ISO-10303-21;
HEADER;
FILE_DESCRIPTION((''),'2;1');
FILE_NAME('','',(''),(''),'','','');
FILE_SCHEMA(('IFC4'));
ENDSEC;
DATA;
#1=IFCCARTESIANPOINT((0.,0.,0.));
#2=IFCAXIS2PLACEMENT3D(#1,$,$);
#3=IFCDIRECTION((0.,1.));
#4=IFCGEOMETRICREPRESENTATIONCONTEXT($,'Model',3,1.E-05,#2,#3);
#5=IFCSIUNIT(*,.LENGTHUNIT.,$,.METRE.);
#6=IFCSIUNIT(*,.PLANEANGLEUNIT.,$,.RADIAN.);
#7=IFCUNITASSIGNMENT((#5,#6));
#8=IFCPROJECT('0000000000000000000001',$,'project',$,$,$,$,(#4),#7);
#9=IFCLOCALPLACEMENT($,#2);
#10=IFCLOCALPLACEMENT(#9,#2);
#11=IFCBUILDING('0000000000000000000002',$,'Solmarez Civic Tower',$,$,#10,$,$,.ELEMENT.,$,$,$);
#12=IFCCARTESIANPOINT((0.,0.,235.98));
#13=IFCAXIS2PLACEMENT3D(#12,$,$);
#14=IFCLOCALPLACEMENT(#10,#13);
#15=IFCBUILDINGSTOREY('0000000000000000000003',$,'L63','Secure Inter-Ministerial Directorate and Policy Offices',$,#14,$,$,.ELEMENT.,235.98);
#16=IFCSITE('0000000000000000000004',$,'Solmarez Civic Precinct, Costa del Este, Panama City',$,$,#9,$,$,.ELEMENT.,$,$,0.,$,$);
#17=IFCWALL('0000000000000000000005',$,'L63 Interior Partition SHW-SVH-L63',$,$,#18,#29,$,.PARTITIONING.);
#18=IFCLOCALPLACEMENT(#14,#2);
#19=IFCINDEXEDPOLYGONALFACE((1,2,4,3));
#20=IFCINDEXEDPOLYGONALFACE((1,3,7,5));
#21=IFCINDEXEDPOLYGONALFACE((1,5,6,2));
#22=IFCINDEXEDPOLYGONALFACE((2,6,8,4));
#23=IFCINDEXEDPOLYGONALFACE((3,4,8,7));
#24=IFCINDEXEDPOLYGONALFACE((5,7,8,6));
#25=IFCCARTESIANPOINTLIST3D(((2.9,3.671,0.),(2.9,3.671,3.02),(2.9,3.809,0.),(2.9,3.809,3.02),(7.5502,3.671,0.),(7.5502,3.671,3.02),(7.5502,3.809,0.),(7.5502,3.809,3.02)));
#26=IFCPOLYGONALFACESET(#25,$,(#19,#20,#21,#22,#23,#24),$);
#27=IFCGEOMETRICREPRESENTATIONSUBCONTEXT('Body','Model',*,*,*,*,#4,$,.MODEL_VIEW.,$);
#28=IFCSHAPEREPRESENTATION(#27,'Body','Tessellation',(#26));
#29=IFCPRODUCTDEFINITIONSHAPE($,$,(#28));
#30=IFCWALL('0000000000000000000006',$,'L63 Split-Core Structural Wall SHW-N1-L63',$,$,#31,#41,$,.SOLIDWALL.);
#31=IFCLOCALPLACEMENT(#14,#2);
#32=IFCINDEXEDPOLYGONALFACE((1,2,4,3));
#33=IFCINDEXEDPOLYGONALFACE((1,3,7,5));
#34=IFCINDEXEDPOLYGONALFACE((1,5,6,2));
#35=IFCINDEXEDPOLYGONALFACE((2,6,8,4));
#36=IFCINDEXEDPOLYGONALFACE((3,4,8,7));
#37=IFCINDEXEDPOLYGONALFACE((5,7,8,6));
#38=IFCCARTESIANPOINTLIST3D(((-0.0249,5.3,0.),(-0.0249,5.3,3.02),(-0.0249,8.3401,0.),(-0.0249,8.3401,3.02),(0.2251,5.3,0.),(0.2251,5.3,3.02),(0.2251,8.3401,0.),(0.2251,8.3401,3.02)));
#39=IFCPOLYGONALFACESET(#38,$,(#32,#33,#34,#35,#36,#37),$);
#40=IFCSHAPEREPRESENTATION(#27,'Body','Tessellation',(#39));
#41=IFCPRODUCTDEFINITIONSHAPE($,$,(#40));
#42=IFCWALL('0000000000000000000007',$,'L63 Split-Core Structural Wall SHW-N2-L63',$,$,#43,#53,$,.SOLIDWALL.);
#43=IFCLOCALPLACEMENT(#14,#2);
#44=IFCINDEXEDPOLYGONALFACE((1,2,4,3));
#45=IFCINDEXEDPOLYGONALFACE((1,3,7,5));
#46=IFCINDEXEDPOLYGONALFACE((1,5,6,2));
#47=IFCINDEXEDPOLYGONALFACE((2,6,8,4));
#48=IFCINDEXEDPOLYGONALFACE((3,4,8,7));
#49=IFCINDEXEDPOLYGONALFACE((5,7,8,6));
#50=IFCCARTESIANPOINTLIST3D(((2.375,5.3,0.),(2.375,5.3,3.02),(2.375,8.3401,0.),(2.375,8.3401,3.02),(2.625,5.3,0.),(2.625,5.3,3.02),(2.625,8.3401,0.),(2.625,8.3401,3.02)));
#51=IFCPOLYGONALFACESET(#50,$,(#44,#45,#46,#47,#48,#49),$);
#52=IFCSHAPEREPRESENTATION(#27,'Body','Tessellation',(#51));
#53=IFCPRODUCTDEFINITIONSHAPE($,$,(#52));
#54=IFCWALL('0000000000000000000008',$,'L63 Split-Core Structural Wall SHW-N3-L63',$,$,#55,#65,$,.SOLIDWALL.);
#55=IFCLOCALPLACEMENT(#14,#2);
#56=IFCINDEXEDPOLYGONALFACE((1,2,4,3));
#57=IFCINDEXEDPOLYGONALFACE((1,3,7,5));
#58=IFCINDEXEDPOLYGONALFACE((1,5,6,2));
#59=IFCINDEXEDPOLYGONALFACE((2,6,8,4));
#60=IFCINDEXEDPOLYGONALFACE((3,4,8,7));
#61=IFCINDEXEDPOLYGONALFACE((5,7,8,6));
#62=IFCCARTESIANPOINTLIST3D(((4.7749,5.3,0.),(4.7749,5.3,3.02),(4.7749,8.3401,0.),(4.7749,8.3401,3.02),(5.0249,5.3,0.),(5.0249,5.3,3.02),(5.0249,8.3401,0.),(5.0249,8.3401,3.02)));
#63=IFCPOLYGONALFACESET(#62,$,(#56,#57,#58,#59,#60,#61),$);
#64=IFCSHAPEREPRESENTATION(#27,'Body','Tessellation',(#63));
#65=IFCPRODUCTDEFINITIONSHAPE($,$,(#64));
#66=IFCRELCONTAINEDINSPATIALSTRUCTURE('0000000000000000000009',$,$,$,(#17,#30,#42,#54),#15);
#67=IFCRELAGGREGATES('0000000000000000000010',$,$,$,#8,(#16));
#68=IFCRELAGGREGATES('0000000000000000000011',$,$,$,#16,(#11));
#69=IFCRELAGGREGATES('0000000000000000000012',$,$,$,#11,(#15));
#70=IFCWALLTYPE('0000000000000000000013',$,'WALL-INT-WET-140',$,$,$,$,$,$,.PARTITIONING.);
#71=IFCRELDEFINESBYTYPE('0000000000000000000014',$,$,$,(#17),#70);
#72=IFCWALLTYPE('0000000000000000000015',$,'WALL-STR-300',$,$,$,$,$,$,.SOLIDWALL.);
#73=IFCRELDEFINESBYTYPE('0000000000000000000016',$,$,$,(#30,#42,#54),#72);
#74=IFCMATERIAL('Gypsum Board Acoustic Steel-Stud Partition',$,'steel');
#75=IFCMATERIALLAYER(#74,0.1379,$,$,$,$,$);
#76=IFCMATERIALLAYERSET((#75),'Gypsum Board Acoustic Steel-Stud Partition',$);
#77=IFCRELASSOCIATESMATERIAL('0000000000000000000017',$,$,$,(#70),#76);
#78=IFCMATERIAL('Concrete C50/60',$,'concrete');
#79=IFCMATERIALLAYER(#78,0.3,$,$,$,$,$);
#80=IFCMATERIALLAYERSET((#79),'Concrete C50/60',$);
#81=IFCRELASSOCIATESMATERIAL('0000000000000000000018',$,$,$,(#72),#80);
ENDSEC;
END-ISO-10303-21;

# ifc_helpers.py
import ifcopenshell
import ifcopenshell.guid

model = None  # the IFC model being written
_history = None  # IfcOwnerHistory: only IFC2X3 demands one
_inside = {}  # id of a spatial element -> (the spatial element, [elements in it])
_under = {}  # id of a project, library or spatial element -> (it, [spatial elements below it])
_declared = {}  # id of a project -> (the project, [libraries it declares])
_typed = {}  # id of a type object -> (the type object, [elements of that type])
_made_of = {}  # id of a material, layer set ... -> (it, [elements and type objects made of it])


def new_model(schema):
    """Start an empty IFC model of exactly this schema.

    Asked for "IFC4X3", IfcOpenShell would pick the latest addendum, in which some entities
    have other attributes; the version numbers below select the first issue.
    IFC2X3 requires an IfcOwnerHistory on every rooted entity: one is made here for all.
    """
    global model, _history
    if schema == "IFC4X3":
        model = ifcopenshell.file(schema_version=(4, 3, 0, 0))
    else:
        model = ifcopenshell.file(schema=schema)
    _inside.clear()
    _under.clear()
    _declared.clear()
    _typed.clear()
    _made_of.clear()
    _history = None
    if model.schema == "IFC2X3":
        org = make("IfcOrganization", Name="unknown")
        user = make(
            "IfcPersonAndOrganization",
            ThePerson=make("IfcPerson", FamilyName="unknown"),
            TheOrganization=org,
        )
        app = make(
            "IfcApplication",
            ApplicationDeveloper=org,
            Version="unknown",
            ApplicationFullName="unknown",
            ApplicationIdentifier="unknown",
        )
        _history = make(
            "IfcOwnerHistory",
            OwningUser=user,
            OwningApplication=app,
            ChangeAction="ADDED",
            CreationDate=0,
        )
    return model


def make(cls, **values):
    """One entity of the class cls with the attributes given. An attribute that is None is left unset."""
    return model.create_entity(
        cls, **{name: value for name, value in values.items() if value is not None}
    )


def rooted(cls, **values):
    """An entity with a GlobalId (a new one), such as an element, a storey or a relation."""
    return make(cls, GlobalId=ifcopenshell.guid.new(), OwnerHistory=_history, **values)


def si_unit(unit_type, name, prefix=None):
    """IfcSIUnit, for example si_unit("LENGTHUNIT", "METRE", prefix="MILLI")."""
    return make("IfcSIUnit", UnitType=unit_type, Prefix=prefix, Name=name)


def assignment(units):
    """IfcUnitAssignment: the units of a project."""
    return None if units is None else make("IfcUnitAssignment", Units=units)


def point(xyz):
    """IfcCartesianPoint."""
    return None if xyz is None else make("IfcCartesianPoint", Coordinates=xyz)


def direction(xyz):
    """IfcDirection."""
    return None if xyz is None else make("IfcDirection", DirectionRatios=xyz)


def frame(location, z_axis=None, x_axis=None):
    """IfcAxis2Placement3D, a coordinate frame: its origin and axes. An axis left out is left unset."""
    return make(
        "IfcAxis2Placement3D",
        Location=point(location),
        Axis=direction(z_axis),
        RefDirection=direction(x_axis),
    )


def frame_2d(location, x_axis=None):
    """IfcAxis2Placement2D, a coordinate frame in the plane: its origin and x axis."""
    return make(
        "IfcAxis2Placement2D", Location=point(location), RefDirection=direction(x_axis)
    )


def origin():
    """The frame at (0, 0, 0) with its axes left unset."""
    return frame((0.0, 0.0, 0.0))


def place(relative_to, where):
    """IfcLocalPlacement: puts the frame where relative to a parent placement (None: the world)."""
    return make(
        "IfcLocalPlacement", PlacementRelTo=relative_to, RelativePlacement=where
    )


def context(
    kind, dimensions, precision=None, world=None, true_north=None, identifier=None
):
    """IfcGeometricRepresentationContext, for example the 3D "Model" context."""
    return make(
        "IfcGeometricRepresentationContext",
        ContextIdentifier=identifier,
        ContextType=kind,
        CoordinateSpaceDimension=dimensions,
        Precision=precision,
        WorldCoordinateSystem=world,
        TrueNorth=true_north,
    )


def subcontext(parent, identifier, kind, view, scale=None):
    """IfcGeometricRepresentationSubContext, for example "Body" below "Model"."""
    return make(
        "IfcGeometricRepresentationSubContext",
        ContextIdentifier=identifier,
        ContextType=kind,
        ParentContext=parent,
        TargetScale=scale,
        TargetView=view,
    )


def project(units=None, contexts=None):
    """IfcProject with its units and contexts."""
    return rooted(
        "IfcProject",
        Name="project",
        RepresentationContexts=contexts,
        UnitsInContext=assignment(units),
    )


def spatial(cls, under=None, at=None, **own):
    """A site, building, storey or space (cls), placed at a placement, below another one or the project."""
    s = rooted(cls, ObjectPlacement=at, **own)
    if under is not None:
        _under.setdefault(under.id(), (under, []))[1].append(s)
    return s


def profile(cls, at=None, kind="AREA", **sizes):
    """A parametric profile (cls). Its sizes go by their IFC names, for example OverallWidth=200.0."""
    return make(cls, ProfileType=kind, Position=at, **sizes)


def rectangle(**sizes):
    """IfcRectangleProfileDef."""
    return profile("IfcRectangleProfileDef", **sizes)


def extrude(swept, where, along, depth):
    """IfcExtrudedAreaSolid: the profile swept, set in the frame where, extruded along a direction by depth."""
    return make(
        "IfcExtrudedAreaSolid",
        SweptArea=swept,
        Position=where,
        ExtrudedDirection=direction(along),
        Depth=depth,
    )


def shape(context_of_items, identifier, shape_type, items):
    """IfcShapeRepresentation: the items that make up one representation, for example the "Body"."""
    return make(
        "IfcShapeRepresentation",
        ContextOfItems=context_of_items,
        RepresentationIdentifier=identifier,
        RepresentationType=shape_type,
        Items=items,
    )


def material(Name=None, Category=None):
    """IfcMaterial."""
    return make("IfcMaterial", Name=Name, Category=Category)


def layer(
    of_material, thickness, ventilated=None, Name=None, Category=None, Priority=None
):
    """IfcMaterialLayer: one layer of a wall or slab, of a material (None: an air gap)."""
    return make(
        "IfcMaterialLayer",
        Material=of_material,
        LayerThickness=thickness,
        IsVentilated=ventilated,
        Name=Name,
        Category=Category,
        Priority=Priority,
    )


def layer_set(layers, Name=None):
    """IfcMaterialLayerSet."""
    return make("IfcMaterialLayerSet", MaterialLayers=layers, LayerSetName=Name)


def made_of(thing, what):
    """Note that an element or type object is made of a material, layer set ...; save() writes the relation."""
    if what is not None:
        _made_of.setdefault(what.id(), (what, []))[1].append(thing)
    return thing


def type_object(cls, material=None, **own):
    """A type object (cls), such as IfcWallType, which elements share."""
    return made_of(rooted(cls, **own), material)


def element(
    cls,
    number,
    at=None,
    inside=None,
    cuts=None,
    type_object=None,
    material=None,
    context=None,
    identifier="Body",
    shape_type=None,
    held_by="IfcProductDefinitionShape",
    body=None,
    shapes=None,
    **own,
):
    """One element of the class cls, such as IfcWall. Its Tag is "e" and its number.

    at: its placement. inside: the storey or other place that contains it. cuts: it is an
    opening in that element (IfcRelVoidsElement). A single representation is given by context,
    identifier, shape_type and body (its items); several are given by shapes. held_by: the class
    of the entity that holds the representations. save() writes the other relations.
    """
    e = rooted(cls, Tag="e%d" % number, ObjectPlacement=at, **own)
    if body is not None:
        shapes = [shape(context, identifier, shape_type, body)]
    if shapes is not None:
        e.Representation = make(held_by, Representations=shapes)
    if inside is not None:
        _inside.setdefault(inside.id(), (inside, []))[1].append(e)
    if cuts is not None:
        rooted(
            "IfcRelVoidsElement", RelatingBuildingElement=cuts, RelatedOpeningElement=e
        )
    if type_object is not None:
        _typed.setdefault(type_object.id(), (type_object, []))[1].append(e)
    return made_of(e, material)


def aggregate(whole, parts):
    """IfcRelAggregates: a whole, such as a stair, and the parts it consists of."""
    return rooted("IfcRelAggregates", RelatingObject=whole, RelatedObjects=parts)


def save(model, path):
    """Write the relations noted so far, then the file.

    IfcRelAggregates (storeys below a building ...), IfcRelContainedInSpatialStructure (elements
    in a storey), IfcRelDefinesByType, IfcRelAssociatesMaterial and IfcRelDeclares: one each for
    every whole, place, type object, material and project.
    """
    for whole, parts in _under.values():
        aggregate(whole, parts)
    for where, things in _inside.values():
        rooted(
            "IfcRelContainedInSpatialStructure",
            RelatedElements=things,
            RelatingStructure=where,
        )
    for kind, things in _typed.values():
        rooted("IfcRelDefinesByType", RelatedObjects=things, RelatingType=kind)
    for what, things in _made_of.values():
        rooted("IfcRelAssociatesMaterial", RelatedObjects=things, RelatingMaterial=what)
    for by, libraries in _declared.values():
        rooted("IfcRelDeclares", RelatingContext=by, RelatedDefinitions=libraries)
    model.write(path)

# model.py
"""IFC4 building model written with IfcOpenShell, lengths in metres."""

from ifc_helpers import new_model, si_unit, direction, frame, frame_2d, origin, place, context, subcontext, project, spatial, rectangle, extrude, material, layer, layer_set, type_object, element, save


model = new_model("IFC4")

# Units and contexts
model_context = context("Model", 3, precision=1e-05, world=origin(), true_north=direction((0.0, 1.0)))
body_context = subcontext(model_context, "Body", "Model", "MODEL_VIEW")
ifc_project = project(units=[si_unit("LENGTHUNIT", "METRE"), si_unit("PLANEANGLEUNIT", "RADIAN")], contexts=[model_context])

# Site, building, storey
site_placement = place(None, origin())
site = spatial("IfcSite", under=ifc_project, at=site_placement, Name="Solmarez Civic Precinct, Costa del Este, Panama City", CompositionType="ELEMENT", RefElevation=0.0)
building_placement = place(site_placement, origin())
building = spatial("IfcBuilding", under=site, at=building_placement, Name="Solmarez Civic Tower", CompositionType="ELEMENT")
storey_placement = place(building_placement, frame((0.0, 0.0, 235.98)))
storey = spatial("IfcBuildingStorey", under=building, at=storey_placement, Name="L63", Description="Secure Inter-Ministerial Directorate and Policy Offices", CompositionType="ELEMENT", Elevation=235.98)

# Shared definitions
ifc_material_1 = material(Name="Concrete C50/60", Category="concrete")

# Shared definitions
ifc_material_2 = material(Name="Gypsum Board Acoustic Steel-Stud Partition", Category="steel")

# Wall
ifc_layer_1 = layer(ifc_material_2, 0.1379)
ifc_layer_set_1 = layer_set([ifc_layer_1], Name="Gypsum Board Acoustic Steel-Stud Partition")
wall_type_1 = type_object("IfcWallType", Name="WALL-INT-WET-140", PredefinedType="PARTITIONING", material=ifc_layer_set_1)
wall_1_placement = place(storey_placement, frame((2.8999, 3.74, 0.0), z_axis=(0.0, 0.0, 1.0), x_axis=(1.0, 0.0, 0.0)))
element("IfcWall", 1, at=wall_1_placement, inside=storey, type_object=wall_type_1, Name="L63 Interior Partition SHW-SVH-L63", PredefinedType="PARTITIONING", context=body_context, shape_type="SweptSolid", body=[
    extrude(rectangle(XDim=4.6501, YDim=0.1379, at=frame_2d((2.3252, 0.0))), origin(), (0.0, 0.0, 1.0), 3.02),
])

# Shared definitions
ifc_layer_2 = layer(ifc_material_1, 0.3)
ifc_layer_set_2 = layer_set([ifc_layer_2], Name="Concrete C50/60")
wall_type_2 = type_object("IfcWallType", Name="WALL-STR-300", PredefinedType="SOLIDWALL", material=ifc_layer_set_2)

# Walls
for number, where, z_axis, x_axis, name in (
    (2, (0.1001, 5.3, 0.0), (0.0, 0.0, 1.0), (0.0, 1.0, 0.0), "L63 Split-Core Structural Wall SHW-N1-L63"),
    (3, (2.5, 5.3, 0.0), (0.0, 0.0, 1.0), (0.0, 1.0, 0.0), "L63 Split-Core Structural Wall SHW-N2-L63"),
    (4, (4.8999, 5.3, 0.0), (0.0, 0.0, 1.0), (0.0, 1.0, 0.0), "L63 Split-Core Structural Wall SHW-N3-L63"),
):
    element("IfcWall", number, at=place(storey_placement, frame(where, z_axis=z_axis, x_axis=x_axis)), inside=storey, type_object=wall_type_2, Name=name, PredefinedType="SOLIDWALL", context=body_context, shape_type="SweptSolid", body=[
        extrude(rectangle(XDim=3.04, YDim=0.25, at=frame_2d((1.52, 0.0))), origin(), (0.0, 0.0, 1.0), 3.02),
    ])

save(model, "model.ifc")
